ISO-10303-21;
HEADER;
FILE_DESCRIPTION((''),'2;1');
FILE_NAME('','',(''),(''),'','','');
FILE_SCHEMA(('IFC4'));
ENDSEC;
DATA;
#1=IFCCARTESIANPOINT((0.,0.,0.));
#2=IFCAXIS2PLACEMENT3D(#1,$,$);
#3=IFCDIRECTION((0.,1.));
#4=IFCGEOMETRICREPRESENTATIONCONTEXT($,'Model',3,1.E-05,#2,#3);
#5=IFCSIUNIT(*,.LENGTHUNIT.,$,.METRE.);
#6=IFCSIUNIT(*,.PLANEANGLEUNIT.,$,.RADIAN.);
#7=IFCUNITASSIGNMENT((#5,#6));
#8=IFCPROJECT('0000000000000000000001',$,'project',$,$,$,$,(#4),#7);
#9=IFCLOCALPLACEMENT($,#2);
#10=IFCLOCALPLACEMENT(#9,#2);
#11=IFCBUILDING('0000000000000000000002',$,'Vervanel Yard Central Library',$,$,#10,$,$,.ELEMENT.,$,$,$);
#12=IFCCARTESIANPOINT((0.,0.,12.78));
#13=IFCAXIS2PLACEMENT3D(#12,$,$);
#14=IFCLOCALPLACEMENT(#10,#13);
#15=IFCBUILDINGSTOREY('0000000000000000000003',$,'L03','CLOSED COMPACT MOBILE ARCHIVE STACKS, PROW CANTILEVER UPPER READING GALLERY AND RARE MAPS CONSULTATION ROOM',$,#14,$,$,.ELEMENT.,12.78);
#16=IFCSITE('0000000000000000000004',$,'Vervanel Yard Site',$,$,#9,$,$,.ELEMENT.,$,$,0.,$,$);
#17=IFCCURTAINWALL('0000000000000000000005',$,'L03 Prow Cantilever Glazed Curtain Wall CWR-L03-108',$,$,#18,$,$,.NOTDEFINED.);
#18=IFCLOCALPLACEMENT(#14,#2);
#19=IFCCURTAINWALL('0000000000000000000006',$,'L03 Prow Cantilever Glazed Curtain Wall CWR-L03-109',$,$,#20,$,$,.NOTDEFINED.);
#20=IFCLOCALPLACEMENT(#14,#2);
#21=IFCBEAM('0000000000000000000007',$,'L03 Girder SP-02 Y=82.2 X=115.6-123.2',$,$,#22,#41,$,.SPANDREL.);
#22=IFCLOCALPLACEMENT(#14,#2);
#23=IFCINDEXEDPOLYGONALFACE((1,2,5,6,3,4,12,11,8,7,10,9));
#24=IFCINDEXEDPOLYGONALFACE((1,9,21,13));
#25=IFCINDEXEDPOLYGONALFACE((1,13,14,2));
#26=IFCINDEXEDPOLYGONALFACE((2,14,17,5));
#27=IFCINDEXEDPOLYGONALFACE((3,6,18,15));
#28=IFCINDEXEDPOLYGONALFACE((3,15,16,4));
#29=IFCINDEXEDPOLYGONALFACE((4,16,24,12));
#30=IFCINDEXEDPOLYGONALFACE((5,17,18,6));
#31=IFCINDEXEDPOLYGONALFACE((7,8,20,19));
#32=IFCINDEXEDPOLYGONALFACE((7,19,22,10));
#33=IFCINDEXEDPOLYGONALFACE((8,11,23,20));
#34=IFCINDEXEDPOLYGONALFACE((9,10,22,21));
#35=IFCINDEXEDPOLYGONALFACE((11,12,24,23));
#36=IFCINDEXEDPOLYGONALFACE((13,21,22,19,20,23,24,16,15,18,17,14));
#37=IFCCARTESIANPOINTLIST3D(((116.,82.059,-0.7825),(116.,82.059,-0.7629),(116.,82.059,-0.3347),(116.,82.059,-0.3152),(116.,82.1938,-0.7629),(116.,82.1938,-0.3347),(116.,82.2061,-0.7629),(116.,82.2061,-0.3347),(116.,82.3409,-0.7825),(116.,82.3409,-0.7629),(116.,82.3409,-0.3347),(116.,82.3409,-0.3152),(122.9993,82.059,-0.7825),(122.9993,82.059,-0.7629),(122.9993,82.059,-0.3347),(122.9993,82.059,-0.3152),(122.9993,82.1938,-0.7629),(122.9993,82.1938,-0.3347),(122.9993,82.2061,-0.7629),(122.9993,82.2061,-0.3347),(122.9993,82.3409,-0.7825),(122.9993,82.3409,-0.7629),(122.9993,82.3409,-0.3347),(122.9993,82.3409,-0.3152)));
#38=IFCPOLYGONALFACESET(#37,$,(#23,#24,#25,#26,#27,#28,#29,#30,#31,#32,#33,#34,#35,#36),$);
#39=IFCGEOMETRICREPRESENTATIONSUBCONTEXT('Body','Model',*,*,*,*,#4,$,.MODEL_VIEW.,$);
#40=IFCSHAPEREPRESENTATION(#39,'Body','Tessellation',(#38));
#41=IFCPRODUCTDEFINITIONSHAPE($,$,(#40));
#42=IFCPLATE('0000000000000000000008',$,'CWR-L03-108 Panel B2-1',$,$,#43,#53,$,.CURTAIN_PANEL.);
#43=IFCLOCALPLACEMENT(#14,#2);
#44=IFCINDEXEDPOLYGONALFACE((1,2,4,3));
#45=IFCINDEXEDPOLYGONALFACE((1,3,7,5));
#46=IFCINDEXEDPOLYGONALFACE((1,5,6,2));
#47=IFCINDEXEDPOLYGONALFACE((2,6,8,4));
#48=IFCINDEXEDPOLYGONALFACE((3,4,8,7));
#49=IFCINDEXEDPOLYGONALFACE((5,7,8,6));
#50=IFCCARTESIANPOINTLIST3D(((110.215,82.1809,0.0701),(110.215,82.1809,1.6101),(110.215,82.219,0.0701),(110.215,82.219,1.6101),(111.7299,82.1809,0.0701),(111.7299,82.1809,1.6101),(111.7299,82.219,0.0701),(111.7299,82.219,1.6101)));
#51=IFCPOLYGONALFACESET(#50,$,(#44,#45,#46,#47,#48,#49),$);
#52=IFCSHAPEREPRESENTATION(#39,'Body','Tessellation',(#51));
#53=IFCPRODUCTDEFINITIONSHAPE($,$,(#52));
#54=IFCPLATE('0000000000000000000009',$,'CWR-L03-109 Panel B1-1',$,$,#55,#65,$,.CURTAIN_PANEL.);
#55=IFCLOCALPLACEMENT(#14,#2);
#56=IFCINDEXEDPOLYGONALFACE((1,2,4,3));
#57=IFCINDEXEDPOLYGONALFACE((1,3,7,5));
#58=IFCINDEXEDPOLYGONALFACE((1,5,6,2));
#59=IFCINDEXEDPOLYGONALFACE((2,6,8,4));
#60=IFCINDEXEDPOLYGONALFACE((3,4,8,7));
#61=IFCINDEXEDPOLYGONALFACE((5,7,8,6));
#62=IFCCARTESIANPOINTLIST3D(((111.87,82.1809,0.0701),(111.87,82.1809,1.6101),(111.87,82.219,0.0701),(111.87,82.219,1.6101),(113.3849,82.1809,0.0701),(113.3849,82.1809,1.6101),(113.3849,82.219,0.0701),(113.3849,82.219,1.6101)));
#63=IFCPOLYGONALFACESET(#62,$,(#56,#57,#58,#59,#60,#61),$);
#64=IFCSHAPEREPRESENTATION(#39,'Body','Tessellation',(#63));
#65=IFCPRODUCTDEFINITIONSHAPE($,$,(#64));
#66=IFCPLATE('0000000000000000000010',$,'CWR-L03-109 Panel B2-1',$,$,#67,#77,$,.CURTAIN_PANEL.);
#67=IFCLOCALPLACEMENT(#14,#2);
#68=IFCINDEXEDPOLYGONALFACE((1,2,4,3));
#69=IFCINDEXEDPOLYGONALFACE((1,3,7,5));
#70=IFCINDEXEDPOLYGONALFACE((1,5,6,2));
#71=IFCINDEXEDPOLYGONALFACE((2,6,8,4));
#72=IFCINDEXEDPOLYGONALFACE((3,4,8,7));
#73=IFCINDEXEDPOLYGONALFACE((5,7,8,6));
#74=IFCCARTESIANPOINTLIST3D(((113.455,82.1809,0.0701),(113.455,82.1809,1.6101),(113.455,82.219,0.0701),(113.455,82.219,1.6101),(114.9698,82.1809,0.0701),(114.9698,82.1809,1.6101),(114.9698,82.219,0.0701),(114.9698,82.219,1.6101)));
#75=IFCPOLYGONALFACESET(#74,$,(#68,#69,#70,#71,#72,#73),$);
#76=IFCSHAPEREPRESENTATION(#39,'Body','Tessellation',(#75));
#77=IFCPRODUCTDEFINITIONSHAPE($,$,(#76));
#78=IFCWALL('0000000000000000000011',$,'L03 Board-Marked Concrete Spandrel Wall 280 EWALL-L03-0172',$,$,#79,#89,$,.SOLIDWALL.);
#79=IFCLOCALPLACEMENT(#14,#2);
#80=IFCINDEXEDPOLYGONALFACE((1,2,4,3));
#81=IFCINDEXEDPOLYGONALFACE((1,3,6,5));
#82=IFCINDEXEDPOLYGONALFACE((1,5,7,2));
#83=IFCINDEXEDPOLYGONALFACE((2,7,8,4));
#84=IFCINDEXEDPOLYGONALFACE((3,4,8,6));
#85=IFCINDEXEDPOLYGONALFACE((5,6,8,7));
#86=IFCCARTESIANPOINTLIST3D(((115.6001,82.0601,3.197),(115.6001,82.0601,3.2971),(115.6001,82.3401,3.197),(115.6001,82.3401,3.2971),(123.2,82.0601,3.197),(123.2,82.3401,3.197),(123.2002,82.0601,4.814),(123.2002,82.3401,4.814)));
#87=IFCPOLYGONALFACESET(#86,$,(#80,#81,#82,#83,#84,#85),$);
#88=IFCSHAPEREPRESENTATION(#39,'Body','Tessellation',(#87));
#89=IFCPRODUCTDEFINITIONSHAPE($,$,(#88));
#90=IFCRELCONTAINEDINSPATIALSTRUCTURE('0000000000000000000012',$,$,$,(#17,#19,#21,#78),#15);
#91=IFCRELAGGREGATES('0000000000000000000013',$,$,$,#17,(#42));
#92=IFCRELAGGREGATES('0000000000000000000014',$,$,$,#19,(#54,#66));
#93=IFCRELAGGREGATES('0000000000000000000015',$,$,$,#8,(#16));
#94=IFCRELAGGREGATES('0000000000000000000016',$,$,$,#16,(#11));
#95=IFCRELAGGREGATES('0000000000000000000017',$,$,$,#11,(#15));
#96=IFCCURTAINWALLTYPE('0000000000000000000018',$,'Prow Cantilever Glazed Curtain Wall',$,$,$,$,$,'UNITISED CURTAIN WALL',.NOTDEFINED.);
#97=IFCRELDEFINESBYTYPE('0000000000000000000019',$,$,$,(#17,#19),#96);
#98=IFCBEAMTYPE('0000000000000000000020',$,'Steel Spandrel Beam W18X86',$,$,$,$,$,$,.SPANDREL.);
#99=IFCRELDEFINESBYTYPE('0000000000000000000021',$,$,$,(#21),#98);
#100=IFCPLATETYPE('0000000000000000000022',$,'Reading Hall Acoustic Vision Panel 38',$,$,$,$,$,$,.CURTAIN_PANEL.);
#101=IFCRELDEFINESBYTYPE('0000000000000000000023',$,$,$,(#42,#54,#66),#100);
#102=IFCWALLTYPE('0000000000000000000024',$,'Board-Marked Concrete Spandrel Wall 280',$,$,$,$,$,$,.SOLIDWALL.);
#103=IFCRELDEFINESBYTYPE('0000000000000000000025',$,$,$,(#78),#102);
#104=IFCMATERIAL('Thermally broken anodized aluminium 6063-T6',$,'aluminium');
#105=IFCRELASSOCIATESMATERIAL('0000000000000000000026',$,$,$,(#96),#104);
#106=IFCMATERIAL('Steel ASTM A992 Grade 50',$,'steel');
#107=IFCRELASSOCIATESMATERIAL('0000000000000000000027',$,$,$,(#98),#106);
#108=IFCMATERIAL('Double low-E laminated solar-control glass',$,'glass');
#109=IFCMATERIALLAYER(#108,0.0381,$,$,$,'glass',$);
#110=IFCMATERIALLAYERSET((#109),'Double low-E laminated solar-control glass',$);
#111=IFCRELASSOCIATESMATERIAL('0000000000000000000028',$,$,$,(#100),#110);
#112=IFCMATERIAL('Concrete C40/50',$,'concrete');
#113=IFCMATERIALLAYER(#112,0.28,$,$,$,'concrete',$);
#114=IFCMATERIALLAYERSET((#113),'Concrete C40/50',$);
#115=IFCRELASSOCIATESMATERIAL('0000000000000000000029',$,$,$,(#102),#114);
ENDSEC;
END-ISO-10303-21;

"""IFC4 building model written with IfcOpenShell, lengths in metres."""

from ifc_helpers import new_model, si_unit, direction, frame, origin, origin_2d, place, context, subcontext, project, spatial, polyline, rectangle, i_section, outline, extrude, material, layer, layer_set, material_profile, profile_set, type_object, element, aggregate, save


model = new_model("IFC4")

# Units and contexts
model_context = context("Model", 3, precision=1e-05, world=origin(), true_north=direction((0.0, 1.0)))
body_context = subcontext(model_context, "Body", "Model", "MODEL_VIEW")
ifc_project = project(units=[si_unit("LENGTHUNIT", "METRE"), si_unit("PLANEANGLEUNIT", "RADIAN")], contexts=[model_context])

# Site, building, storey
site_placement = place(None, origin())
site = spatial("IfcSite", under=ifc_project, at=site_placement, Name="Vervanel Yard Site", CompositionType="ELEMENT", RefElevation=0.0)
building_placement = place(site_placement, origin())
building = spatial("IfcBuilding", under=site, at=building_placement, Name="Vervanel Yard Central Library", CompositionType="ELEMENT")
storey_placement = place(building_placement, frame((0.0, 0.0, 12.78)))
storey = spatial("IfcBuildingStorey", under=building, at=storey_placement, Name="L03", Description="CLOSED COMPACT MOBILE ARCHIVE STACKS, PROW CANTILEVER UPPER READING GALLERY AND RARE MAPS CONSULTATION ROOM", CompositionType="ELEMENT", Elevation=12.78)

# Shared definitions
ifc_material_1 = material(Name="Steel ASTM A992 Grade 50", Category="steel")

# Curtain wall
ifc_material_2 = material(Name="Thermally broken anodized aluminium 6063-T6", Category="aluminium")
curtain_wall_type = type_object("IfcCurtainWallType", Name="Prow Cantilever Glazed Curtain Wall", ElementType="UNITISED CURTAIN WALL", PredefinedType="NOTDEFINED", material=ifc_material_2)
curtain_wall_1_placement = place(storey_placement, origin())
curtain_wall_1 = element("IfcCurtainWall", 1, at=curtain_wall_1_placement, inside=storey, type_object=curtain_wall_type, Name="L03 Prow Cantilever Glazed Curtain Wall CWR-L03-108", PredefinedType="NOTDEFINED")

# Curtain wall
curtain_wall_2_placement = place(storey_placement, origin())
curtain_wall_2 = element("IfcCurtainWall", 2, at=curtain_wall_2_placement, inside=storey, type_object=curtain_wall_type, Name="L03 Prow Cantilever Glazed Curtain Wall CWR-L03-109", PredefinedType="NOTDEFINED")

# Beam
ifc_material_profile_1 = material_profile(ifc_material_1, i_section(OverallWidth=0.282, OverallDepth=0.4673, WebThickness=0.0122, FlangeThickness=0.0195, at=origin_2d()), Name="W18X86", Category="steel")
ifc_profile_set_1 = profile_set([ifc_material_profile_1], Name="Steel ASTM A992 Grade 50")
beam_type_1 = type_object("IfcBeamType", Name="Steel Spandrel Beam W18X86", PredefinedType="SPANDREL", material=ifc_profile_set_1)
for number, where, z_axis, x_axis, name in (
    (3, (116.0, 82.2, -0.5488), (1.0, 0.0, 0.0), (0.0, 1.0, 0.0), "L03 Girder SP-02 Y=82.2 X=115.6-123.2"),
):
    element("IfcBeam", number, at=place(storey_placement, frame(where, z_axis=z_axis, x_axis=x_axis)), inside=storey, type_object=beam_type_1, Name=name, PredefinedType="SPANDREL", context=body_context, shape_type="SweptSolid", body=[
        extrude(i_section(OverallWidth=0.282, OverallDepth=0.4673, WebThickness=0.0122, FlangeThickness=0.0195, at=origin_2d()), origin(), (0.0, 0.0, 1.0), 6.9993),
    ])

# Plates
ifc_material_3 = material(Name="Double low-E laminated solar-control glass", Category="glass")
ifc_layer_1 = layer(ifc_material_3, 0.0381, Category="glass")
ifc_layer_set_1 = layer_set([ifc_layer_1], Name="Double low-E laminated solar-control glass")
plate_type = type_object("IfcPlateType", Name="Reading Hall Acoustic Vision Panel 38", PredefinedType="CURTAIN_PANEL", material=ifc_layer_set_1)
plate_1_placement = place(storey_placement, frame((110.9724, 82.2, 0.0701), z_axis=(0.0, 0.0, 1.0), x_axis=(1.0, 0.0, 0.0)))
plate_1 = element("IfcPlate", 4, at=plate_1_placement, type_object=plate_type, Name="CWR-L03-108 Panel B2-1", PredefinedType="CURTAIN_PANEL", context=body_context, shape_type="SweptSolid", body=[
    extrude(rectangle(XDim=1.5149, YDim=0.0381, at=origin_2d()), origin(), (0.0, 0.0, 1.0), 1.54),
])
aggregate(curtain_wall_1, [plate_1])
plate_2_placement = place(storey_placement, frame((112.6274, 82.2, 0.0701), z_axis=(0.0, 0.0, 1.0), x_axis=(1.0, 0.0, 0.0)))
plate_2 = element("IfcPlate", 5, at=plate_2_placement, type_object=plate_type, Name="CWR-L03-109 Panel B1-1", PredefinedType="CURTAIN_PANEL", context=body_context, shape_type="SweptSolid", body=[
    extrude(rectangle(XDim=1.5149, YDim=0.0381, at=origin_2d()), origin(), (0.0, 0.0, 1.0), 1.54),
])
plate_3_placement = place(storey_placement, frame((114.2124, 82.2, 0.0701), z_axis=(0.0, 0.0, 1.0), x_axis=(1.0, 0.0, 0.0)))
plate_3 = element("IfcPlate", 6, at=plate_3_placement, type_object=plate_type, Name="CWR-L03-109 Panel B2-1", PredefinedType="CURTAIN_PANEL", context=body_context, shape_type="SweptSolid", body=[
    extrude(rectangle(XDim=1.5149, YDim=0.0381, at=origin_2d()), origin(), (0.0, 0.0, 1.0), 1.54),
])
aggregate(curtain_wall_2, [plate_2, plate_3])

# Wall
ifc_material_4 = material(Name="Concrete C40/50", Category="concrete")
ifc_layer_2 = layer(ifc_material_4, 0.28, Category="concrete")
ifc_layer_set_2 = layer_set([ifc_layer_2], Name="Concrete C40/50")
wall_type = type_object("IfcWallType", Name="Board-Marked Concrete Spandrel Wall 280", PredefinedType="SOLIDWALL", material=ifc_layer_set_2)
wall_placement = place(storey_placement, frame((115.6001, 82.2, 3.197), z_axis=(0.0, 0.0, 1.0), x_axis=(1.0, 0.0, 0.0)))
element("IfcWall", 7, at=wall_placement, inside=storey, type_object=wall_type, Name="L03 Board-Marked Concrete Spandrel Wall 280 EWALL-L03-0172", PredefinedType="SOLIDWALL", context=body_context, shape_type="SweptSolid", body=[
    extrude(outline(polyline([(0.0, 0.0), (7.5999, 0.0), (7.6001, 1.6169), (0.0, 0.1001), (0.0, 0.0)])), frame((0.0, 0.1401, 0.0), z_axis=(0.0, -1.0, 0.0), x_axis=(1.0, 0.0, 0.0)), (0.0, 0.0, 1.0), 0.28),
])

save(model, "model.ifc")
